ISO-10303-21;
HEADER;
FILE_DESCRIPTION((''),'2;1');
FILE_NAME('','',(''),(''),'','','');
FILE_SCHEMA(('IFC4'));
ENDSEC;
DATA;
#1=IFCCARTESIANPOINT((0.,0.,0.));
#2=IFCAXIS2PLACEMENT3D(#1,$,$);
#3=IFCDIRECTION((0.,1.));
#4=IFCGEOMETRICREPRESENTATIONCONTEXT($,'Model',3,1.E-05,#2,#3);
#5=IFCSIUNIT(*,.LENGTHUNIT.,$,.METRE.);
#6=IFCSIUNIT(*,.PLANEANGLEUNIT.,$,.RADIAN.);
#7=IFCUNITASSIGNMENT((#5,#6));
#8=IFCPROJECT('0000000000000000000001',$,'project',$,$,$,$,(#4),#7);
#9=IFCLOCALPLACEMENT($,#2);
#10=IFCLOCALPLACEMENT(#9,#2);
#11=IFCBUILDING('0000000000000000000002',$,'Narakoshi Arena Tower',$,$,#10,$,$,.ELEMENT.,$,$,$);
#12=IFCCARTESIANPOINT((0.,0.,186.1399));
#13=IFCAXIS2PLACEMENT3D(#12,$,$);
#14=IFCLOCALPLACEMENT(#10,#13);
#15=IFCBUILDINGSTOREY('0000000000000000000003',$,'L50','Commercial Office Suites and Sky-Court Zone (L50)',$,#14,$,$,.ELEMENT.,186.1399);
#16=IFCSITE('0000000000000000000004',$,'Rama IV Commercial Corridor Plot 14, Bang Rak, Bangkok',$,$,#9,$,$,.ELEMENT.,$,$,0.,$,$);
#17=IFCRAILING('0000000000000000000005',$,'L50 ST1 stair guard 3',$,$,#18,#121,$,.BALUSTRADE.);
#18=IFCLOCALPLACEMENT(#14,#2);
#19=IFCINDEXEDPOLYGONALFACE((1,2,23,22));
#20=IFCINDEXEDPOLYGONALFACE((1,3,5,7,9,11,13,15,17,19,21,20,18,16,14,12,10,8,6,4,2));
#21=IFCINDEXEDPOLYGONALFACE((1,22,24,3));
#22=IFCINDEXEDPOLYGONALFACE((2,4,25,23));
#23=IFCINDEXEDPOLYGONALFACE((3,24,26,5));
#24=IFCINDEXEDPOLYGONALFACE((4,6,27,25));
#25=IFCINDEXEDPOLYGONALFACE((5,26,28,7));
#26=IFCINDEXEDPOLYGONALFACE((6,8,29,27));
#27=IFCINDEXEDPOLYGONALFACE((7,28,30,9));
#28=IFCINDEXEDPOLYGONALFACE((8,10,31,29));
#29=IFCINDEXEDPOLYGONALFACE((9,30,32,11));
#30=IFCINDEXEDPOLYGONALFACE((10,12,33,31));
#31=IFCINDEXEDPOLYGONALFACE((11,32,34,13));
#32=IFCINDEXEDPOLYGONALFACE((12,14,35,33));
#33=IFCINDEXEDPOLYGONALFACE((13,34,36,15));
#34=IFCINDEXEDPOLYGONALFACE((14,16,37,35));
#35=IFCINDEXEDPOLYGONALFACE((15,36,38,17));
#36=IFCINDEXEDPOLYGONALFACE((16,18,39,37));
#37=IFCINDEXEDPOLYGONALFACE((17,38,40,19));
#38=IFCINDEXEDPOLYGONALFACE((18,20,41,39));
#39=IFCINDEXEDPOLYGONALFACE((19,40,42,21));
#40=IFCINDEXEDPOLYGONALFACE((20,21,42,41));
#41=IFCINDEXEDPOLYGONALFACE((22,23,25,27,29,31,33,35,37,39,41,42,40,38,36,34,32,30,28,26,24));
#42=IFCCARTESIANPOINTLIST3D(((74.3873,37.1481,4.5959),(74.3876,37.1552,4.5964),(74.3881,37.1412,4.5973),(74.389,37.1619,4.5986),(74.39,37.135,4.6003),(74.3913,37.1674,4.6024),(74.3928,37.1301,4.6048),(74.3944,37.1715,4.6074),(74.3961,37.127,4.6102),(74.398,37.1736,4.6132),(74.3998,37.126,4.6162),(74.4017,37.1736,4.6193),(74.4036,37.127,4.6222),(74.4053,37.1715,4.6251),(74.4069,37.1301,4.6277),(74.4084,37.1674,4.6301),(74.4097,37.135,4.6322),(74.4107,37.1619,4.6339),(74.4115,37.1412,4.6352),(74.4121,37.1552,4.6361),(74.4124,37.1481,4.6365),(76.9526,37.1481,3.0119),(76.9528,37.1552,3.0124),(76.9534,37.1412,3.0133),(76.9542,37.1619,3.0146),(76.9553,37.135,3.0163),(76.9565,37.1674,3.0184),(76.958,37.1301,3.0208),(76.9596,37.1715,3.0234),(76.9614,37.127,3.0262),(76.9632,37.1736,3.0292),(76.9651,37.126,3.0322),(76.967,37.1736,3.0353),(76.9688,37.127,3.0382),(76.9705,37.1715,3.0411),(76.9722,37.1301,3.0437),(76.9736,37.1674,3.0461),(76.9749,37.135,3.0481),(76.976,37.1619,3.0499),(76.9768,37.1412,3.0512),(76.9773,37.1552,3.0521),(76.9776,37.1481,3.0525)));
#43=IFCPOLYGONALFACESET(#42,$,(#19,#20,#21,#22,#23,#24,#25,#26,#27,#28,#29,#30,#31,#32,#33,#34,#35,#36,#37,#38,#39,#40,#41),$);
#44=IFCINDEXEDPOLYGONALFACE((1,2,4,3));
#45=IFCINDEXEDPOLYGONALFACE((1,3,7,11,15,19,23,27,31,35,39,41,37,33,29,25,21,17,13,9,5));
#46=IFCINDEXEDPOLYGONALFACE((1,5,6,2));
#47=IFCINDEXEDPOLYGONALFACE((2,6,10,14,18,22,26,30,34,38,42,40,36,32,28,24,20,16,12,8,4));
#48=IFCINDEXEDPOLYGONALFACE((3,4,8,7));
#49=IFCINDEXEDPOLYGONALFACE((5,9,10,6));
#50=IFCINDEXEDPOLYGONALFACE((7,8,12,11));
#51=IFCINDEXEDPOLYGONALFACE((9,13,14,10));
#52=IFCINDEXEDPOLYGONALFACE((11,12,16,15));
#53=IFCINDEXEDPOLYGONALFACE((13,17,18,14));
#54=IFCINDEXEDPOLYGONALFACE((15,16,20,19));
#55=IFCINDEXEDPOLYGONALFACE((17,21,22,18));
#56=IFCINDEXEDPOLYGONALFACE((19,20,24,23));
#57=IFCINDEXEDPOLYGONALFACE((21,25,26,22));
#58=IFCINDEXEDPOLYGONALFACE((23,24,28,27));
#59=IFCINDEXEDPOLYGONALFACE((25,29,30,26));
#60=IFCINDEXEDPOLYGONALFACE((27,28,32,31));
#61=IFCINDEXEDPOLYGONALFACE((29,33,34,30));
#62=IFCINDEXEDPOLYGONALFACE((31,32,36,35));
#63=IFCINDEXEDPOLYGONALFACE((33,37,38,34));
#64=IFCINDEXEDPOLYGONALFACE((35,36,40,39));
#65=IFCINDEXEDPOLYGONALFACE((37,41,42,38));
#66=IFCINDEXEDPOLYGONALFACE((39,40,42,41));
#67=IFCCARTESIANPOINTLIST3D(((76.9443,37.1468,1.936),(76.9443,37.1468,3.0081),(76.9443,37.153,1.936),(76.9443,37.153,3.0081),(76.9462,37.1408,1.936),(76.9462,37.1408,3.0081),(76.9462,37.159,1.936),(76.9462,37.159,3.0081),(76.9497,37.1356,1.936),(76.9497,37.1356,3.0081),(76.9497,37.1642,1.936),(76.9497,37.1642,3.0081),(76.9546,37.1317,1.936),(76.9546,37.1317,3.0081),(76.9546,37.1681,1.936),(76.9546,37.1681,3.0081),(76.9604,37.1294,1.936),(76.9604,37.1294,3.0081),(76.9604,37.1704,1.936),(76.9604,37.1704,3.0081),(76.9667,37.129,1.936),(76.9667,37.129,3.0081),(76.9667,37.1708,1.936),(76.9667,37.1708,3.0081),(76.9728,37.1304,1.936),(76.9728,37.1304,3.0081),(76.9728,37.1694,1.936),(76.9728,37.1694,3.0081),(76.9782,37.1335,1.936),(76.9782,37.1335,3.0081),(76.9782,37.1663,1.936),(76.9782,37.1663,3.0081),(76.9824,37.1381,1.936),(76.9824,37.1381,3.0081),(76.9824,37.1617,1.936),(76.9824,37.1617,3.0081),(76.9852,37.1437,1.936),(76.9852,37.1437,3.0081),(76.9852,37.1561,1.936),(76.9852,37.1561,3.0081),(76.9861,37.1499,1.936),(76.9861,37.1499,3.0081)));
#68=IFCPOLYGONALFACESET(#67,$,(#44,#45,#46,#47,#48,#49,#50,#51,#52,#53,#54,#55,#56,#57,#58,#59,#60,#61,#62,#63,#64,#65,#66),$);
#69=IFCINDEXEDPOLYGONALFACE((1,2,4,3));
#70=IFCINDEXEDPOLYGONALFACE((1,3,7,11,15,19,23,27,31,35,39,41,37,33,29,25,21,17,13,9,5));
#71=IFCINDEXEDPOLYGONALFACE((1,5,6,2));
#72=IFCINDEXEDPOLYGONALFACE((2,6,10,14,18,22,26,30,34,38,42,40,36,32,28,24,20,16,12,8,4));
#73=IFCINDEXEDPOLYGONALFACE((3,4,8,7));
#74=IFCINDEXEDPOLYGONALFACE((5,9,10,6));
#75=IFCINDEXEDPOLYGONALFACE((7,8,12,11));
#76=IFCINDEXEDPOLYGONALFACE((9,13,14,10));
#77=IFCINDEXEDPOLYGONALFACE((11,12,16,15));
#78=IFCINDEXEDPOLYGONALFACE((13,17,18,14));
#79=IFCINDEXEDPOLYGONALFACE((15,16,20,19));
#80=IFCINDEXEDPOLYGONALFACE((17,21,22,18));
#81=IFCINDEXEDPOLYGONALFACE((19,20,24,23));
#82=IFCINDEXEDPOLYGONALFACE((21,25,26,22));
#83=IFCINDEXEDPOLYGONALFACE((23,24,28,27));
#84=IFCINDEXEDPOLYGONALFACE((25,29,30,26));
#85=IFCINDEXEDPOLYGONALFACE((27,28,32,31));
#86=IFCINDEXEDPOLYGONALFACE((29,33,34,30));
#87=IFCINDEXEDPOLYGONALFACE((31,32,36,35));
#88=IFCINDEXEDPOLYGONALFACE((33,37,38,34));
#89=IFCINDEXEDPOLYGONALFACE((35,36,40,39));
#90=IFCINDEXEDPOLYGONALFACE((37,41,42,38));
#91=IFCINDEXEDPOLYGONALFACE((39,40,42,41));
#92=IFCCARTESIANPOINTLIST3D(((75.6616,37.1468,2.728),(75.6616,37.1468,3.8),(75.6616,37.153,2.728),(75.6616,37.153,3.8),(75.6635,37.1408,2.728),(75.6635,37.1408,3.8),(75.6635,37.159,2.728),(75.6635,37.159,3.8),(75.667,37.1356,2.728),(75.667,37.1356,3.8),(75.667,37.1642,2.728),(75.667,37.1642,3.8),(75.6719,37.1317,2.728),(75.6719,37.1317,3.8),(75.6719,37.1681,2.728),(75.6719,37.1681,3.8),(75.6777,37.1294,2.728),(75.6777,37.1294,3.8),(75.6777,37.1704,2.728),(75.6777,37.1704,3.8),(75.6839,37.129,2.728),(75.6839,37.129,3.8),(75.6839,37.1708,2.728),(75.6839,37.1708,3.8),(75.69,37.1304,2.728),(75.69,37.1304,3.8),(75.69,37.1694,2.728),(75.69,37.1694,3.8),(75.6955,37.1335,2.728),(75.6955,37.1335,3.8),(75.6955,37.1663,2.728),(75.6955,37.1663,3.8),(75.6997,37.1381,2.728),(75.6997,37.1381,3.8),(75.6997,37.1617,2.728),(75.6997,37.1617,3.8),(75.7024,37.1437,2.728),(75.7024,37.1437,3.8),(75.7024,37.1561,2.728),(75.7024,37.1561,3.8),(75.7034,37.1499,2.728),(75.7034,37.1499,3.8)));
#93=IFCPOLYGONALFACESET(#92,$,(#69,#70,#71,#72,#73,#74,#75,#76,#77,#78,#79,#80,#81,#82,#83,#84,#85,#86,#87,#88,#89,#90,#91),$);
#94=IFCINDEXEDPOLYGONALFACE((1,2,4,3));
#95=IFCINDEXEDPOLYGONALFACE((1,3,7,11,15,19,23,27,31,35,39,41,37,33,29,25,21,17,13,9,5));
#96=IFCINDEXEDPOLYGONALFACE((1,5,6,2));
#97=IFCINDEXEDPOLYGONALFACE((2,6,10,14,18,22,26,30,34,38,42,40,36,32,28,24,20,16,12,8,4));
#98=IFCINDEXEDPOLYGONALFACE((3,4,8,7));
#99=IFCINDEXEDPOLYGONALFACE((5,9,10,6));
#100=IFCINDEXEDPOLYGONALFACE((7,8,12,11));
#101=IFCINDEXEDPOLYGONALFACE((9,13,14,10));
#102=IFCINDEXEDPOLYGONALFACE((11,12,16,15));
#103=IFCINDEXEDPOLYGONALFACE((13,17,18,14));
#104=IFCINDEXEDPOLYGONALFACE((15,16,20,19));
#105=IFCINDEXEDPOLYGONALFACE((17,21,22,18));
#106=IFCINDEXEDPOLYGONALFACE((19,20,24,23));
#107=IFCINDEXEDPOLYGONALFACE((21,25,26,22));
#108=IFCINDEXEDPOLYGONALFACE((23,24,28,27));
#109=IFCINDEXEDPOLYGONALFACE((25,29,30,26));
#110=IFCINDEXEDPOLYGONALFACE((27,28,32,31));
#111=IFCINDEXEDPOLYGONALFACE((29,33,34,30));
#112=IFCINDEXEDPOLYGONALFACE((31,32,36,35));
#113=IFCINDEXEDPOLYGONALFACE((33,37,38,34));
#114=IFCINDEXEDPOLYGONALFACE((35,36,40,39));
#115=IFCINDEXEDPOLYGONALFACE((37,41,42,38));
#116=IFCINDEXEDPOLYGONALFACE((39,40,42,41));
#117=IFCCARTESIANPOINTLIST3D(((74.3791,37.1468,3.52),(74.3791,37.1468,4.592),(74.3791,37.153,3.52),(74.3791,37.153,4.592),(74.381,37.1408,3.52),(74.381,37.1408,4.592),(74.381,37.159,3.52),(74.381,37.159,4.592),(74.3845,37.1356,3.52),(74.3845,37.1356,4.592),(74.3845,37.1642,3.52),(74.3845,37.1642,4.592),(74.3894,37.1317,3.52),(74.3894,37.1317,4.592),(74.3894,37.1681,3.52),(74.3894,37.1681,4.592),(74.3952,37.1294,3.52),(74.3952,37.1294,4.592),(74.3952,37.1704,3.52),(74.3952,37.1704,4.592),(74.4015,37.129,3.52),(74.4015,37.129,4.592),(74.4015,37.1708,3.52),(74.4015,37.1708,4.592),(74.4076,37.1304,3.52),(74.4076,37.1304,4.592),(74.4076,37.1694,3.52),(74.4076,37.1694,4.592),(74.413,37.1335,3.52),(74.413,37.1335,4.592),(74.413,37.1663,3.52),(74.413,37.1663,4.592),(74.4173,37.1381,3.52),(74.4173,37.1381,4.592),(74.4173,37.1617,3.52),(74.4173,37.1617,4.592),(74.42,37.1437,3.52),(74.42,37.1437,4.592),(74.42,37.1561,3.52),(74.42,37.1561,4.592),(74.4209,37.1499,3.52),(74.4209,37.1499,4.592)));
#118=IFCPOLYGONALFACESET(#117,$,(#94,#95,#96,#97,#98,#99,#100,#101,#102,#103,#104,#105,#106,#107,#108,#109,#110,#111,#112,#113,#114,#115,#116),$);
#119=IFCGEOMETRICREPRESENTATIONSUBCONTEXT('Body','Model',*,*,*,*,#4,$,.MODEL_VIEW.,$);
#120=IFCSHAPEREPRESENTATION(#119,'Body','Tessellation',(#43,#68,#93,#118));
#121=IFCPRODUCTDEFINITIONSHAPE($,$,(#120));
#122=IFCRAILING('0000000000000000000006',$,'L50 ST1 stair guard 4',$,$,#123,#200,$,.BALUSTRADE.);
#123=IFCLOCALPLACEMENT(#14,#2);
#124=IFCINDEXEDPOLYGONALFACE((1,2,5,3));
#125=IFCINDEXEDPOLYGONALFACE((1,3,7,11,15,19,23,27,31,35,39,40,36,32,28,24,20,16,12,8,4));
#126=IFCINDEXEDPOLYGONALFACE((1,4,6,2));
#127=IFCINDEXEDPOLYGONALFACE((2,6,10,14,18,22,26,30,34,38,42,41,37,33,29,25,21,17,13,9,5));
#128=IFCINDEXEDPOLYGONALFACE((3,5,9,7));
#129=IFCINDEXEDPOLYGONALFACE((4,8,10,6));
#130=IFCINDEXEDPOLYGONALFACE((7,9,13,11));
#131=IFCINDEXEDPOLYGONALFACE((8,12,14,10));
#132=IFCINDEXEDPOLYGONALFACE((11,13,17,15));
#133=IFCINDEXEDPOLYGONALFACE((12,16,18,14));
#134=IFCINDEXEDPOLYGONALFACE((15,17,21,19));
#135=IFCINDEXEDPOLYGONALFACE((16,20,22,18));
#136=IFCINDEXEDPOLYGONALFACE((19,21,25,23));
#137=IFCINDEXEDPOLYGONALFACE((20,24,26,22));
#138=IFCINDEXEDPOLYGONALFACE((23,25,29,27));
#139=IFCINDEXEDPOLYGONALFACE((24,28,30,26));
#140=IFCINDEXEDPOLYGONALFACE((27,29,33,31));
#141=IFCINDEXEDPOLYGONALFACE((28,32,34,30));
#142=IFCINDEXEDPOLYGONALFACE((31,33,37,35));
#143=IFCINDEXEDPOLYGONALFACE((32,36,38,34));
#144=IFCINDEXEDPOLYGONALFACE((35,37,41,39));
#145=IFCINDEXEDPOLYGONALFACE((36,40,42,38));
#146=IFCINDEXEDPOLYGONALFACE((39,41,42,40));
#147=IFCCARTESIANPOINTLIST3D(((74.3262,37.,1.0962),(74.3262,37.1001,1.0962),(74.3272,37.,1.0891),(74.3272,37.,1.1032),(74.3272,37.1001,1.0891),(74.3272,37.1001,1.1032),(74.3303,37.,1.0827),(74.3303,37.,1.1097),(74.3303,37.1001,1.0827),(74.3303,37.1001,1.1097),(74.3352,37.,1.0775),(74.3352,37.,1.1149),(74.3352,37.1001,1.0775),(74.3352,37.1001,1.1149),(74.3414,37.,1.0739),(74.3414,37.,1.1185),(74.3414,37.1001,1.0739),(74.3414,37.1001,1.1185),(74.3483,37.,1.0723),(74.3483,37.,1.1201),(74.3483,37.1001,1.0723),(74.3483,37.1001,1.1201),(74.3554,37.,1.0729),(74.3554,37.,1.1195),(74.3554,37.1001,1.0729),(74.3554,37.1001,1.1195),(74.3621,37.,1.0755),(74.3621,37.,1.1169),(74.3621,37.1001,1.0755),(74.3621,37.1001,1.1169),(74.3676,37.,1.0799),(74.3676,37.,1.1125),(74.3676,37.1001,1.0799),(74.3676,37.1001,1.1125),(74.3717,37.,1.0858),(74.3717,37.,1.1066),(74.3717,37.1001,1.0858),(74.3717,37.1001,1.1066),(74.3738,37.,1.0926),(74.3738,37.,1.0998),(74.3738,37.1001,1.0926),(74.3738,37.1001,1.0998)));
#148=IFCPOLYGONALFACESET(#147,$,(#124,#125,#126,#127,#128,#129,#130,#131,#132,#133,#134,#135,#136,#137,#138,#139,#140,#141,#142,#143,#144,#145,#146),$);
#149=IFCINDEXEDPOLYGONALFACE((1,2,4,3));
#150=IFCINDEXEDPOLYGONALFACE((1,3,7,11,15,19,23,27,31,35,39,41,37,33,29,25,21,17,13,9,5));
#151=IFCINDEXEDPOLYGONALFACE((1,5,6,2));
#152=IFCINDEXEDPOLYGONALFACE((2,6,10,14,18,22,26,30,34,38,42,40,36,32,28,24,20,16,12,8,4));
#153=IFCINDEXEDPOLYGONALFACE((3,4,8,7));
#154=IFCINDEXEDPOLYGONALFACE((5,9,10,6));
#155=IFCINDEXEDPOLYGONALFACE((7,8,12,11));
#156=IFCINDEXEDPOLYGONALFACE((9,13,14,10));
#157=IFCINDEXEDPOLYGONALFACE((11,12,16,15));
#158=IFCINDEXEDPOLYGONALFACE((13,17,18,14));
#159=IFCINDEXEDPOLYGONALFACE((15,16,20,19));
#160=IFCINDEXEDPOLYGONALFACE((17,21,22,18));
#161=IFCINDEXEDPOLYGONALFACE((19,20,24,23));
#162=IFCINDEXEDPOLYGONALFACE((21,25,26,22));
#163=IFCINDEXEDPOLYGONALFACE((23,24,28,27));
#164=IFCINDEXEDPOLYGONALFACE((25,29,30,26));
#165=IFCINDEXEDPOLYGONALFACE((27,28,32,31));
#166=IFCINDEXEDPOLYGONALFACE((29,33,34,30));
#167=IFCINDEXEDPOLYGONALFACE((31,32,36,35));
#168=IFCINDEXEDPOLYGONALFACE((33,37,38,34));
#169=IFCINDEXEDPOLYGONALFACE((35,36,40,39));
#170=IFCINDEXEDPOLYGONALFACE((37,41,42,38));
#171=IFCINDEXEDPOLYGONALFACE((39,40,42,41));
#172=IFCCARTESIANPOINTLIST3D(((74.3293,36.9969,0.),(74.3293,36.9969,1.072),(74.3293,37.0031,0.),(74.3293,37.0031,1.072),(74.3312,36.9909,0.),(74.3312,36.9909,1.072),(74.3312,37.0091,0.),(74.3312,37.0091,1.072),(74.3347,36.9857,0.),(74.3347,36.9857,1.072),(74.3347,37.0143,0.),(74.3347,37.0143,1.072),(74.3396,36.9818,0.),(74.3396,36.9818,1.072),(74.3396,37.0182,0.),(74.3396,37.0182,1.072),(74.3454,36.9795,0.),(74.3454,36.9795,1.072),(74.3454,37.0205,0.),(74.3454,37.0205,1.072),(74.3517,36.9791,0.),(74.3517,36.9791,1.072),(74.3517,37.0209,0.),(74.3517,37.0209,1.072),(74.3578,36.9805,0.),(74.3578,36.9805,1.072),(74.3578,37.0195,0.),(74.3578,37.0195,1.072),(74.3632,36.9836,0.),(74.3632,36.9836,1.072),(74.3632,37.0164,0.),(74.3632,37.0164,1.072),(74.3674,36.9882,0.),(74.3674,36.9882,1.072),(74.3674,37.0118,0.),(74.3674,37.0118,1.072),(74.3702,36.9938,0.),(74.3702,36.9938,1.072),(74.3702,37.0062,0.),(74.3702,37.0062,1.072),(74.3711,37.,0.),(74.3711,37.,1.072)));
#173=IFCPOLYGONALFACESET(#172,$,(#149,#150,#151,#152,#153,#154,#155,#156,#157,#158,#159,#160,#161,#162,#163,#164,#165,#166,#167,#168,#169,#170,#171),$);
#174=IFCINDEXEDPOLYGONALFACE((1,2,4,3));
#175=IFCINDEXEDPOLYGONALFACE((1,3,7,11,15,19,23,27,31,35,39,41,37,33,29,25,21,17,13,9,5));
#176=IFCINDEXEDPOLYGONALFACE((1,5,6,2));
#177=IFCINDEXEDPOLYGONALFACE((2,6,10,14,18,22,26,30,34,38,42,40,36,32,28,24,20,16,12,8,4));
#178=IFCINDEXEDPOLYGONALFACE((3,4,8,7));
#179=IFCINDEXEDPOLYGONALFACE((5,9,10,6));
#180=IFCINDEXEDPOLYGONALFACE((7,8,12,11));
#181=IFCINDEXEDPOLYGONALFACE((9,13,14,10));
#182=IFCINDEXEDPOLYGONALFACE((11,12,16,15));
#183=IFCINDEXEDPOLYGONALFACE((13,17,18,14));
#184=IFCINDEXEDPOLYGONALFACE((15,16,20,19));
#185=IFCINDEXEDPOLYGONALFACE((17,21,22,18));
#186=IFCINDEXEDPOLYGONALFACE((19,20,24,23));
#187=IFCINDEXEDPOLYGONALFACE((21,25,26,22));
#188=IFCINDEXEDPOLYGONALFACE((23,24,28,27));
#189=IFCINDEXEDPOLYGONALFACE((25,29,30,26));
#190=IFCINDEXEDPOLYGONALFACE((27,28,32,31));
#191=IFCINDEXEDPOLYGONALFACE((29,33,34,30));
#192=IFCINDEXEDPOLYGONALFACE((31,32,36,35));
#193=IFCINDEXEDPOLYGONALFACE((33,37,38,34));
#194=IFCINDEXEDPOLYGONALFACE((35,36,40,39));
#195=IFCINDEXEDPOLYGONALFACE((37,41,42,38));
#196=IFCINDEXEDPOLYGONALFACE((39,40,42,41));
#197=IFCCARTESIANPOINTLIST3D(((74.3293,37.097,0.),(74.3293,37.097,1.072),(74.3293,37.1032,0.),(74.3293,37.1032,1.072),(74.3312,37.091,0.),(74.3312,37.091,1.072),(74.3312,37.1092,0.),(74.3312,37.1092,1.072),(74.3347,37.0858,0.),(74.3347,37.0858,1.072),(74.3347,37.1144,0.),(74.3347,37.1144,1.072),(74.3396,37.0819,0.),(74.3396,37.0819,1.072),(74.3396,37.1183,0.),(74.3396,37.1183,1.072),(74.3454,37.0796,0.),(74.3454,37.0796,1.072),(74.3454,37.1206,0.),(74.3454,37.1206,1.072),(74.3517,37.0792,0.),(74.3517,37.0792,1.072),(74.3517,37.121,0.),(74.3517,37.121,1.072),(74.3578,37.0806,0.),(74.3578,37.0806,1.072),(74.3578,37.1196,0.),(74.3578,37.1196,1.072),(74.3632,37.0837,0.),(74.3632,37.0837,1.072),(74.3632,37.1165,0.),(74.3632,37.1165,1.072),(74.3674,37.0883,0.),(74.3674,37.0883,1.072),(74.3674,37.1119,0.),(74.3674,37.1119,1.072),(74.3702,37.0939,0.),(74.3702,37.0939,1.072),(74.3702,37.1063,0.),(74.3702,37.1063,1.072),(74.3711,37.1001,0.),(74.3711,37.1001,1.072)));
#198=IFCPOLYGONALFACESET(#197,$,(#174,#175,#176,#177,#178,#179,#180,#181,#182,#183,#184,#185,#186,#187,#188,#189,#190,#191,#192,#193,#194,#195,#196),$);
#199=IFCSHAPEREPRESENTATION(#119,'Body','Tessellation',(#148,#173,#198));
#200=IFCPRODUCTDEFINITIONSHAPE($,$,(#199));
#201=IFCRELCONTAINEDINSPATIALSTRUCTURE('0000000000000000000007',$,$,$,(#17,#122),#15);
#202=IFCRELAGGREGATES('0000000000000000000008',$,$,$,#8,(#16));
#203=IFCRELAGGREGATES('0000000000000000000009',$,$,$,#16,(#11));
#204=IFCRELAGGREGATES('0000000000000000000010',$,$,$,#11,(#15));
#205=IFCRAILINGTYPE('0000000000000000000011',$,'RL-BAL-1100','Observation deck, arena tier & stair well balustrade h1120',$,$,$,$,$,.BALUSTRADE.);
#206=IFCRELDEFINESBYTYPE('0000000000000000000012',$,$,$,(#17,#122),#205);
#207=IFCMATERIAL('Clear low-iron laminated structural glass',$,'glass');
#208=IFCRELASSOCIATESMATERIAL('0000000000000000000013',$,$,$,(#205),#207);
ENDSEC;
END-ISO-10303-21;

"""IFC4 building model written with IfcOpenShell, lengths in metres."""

from ifc_helpers import new_model, si_unit, direction, frame, origin, origin_2d, place, context, subcontext, project, spatial, circle, extrude, material, type_object, element, save


model = new_model("IFC4")

# Units and contexts
model_context = context("Model", 3, precision=1e-05, world=origin(), true_north=direction((0.0, 1.0)))
body_context = subcontext(model_context, "Body", "Model", "MODEL_VIEW")
ifc_project = project(units=[si_unit("LENGTHUNIT", "METRE"), si_unit("PLANEANGLEUNIT", "RADIAN")], contexts=[model_context])

# Site, building, storey
site_placement = place(None, origin())
site = spatial("IfcSite", under=ifc_project, at=site_placement, Name="Rama IV Commercial Corridor Plot 14, Bang Rak, Bangkok", CompositionType="ELEMENT", RefElevation=0.0)
building_placement = place(site_placement, origin())
building = spatial("IfcBuilding", under=site, at=building_placement, Name="Narakoshi Arena Tower", CompositionType="ELEMENT")
storey_placement = place(building_placement, frame((0.0, 0.0, 186.1399)))
storey = spatial("IfcBuildingStorey", under=building, at=storey_placement, Name="L50", Description="Commercial Office Suites and Sky-Court Zone (L50)", CompositionType="ELEMENT", Elevation=186.1399)

# Railings
ifc_material_1 = material(Name="Clear low-iron laminated structural glass", Category="glass")
railing_type_1 = type_object("IfcRailingType", Name="RL-BAL-1100", Description="Observation deck, arena tier & stair well balustrade h1120", PredefinedType="BALUSTRADE", material=ifc_material_1)
railing_1_placement = place(storey_placement, frame((76.9651, 37.1499, 1.936)))
element("IfcRailing", 1, at=railing_1_placement, inside=storey, type_object=railing_type_1, Name="L50 ST1 stair guard 3", PredefinedType="BALUSTRADE", context=body_context, shape_type="SweptSolid", body=[
    extrude(circle(Radius=0.0239, at=origin_2d()), frame((0.0, 0.0, 1.0962), z_axis=(-0.850857, 0.0, 0.525398), x_axis=(0.0, -1.0, 0.0)), (0.0, 0.0, 1.0), 3.0149),
    extrude(circle(Radius=0.021, at=origin_2d()), origin(), (0.0, 0.0, 1.0), 1.072),
    extrude(circle(Radius=0.021, at=origin_2d()), frame((-1.2827, 0.0, 0.792)), (0.0, 0.0, 1.0), 1.072),
    extrude(circle(Radius=0.021, at=origin_2d()), frame((-2.5652, 0.0, 1.584)), (0.0, 0.0, 1.0), 1.072),
])
railing_2_placement = place(storey_placement, frame((74.3501, 37.0, 0.0)))
element("IfcRailing", 2, at=railing_2_placement, inside=storey, type_object=railing_type_1, Name="L50 ST1 stair guard 4", PredefinedType="BALUSTRADE", context=body_context, shape_type="SweptSolid", body=[
    extrude(circle(Radius=0.0239, at=origin_2d()), frame((0.0, 0.0, 1.0962), z_axis=(0.0, 1.0, 0.0), x_axis=(-1.0, 0.0, 0.0)), (0.0, 0.0, 1.0), 0.1001),
    extrude(circle(Radius=0.021, at=origin_2d()), origin(), (0.0, 0.0, 1.0), 1.072),
    extrude(circle(Radius=0.021, at=origin_2d()), frame((0.0, 0.1001, 0.0)), (0.0, 0.0, 1.0), 1.072),
])

save(model, "model.ifc")
